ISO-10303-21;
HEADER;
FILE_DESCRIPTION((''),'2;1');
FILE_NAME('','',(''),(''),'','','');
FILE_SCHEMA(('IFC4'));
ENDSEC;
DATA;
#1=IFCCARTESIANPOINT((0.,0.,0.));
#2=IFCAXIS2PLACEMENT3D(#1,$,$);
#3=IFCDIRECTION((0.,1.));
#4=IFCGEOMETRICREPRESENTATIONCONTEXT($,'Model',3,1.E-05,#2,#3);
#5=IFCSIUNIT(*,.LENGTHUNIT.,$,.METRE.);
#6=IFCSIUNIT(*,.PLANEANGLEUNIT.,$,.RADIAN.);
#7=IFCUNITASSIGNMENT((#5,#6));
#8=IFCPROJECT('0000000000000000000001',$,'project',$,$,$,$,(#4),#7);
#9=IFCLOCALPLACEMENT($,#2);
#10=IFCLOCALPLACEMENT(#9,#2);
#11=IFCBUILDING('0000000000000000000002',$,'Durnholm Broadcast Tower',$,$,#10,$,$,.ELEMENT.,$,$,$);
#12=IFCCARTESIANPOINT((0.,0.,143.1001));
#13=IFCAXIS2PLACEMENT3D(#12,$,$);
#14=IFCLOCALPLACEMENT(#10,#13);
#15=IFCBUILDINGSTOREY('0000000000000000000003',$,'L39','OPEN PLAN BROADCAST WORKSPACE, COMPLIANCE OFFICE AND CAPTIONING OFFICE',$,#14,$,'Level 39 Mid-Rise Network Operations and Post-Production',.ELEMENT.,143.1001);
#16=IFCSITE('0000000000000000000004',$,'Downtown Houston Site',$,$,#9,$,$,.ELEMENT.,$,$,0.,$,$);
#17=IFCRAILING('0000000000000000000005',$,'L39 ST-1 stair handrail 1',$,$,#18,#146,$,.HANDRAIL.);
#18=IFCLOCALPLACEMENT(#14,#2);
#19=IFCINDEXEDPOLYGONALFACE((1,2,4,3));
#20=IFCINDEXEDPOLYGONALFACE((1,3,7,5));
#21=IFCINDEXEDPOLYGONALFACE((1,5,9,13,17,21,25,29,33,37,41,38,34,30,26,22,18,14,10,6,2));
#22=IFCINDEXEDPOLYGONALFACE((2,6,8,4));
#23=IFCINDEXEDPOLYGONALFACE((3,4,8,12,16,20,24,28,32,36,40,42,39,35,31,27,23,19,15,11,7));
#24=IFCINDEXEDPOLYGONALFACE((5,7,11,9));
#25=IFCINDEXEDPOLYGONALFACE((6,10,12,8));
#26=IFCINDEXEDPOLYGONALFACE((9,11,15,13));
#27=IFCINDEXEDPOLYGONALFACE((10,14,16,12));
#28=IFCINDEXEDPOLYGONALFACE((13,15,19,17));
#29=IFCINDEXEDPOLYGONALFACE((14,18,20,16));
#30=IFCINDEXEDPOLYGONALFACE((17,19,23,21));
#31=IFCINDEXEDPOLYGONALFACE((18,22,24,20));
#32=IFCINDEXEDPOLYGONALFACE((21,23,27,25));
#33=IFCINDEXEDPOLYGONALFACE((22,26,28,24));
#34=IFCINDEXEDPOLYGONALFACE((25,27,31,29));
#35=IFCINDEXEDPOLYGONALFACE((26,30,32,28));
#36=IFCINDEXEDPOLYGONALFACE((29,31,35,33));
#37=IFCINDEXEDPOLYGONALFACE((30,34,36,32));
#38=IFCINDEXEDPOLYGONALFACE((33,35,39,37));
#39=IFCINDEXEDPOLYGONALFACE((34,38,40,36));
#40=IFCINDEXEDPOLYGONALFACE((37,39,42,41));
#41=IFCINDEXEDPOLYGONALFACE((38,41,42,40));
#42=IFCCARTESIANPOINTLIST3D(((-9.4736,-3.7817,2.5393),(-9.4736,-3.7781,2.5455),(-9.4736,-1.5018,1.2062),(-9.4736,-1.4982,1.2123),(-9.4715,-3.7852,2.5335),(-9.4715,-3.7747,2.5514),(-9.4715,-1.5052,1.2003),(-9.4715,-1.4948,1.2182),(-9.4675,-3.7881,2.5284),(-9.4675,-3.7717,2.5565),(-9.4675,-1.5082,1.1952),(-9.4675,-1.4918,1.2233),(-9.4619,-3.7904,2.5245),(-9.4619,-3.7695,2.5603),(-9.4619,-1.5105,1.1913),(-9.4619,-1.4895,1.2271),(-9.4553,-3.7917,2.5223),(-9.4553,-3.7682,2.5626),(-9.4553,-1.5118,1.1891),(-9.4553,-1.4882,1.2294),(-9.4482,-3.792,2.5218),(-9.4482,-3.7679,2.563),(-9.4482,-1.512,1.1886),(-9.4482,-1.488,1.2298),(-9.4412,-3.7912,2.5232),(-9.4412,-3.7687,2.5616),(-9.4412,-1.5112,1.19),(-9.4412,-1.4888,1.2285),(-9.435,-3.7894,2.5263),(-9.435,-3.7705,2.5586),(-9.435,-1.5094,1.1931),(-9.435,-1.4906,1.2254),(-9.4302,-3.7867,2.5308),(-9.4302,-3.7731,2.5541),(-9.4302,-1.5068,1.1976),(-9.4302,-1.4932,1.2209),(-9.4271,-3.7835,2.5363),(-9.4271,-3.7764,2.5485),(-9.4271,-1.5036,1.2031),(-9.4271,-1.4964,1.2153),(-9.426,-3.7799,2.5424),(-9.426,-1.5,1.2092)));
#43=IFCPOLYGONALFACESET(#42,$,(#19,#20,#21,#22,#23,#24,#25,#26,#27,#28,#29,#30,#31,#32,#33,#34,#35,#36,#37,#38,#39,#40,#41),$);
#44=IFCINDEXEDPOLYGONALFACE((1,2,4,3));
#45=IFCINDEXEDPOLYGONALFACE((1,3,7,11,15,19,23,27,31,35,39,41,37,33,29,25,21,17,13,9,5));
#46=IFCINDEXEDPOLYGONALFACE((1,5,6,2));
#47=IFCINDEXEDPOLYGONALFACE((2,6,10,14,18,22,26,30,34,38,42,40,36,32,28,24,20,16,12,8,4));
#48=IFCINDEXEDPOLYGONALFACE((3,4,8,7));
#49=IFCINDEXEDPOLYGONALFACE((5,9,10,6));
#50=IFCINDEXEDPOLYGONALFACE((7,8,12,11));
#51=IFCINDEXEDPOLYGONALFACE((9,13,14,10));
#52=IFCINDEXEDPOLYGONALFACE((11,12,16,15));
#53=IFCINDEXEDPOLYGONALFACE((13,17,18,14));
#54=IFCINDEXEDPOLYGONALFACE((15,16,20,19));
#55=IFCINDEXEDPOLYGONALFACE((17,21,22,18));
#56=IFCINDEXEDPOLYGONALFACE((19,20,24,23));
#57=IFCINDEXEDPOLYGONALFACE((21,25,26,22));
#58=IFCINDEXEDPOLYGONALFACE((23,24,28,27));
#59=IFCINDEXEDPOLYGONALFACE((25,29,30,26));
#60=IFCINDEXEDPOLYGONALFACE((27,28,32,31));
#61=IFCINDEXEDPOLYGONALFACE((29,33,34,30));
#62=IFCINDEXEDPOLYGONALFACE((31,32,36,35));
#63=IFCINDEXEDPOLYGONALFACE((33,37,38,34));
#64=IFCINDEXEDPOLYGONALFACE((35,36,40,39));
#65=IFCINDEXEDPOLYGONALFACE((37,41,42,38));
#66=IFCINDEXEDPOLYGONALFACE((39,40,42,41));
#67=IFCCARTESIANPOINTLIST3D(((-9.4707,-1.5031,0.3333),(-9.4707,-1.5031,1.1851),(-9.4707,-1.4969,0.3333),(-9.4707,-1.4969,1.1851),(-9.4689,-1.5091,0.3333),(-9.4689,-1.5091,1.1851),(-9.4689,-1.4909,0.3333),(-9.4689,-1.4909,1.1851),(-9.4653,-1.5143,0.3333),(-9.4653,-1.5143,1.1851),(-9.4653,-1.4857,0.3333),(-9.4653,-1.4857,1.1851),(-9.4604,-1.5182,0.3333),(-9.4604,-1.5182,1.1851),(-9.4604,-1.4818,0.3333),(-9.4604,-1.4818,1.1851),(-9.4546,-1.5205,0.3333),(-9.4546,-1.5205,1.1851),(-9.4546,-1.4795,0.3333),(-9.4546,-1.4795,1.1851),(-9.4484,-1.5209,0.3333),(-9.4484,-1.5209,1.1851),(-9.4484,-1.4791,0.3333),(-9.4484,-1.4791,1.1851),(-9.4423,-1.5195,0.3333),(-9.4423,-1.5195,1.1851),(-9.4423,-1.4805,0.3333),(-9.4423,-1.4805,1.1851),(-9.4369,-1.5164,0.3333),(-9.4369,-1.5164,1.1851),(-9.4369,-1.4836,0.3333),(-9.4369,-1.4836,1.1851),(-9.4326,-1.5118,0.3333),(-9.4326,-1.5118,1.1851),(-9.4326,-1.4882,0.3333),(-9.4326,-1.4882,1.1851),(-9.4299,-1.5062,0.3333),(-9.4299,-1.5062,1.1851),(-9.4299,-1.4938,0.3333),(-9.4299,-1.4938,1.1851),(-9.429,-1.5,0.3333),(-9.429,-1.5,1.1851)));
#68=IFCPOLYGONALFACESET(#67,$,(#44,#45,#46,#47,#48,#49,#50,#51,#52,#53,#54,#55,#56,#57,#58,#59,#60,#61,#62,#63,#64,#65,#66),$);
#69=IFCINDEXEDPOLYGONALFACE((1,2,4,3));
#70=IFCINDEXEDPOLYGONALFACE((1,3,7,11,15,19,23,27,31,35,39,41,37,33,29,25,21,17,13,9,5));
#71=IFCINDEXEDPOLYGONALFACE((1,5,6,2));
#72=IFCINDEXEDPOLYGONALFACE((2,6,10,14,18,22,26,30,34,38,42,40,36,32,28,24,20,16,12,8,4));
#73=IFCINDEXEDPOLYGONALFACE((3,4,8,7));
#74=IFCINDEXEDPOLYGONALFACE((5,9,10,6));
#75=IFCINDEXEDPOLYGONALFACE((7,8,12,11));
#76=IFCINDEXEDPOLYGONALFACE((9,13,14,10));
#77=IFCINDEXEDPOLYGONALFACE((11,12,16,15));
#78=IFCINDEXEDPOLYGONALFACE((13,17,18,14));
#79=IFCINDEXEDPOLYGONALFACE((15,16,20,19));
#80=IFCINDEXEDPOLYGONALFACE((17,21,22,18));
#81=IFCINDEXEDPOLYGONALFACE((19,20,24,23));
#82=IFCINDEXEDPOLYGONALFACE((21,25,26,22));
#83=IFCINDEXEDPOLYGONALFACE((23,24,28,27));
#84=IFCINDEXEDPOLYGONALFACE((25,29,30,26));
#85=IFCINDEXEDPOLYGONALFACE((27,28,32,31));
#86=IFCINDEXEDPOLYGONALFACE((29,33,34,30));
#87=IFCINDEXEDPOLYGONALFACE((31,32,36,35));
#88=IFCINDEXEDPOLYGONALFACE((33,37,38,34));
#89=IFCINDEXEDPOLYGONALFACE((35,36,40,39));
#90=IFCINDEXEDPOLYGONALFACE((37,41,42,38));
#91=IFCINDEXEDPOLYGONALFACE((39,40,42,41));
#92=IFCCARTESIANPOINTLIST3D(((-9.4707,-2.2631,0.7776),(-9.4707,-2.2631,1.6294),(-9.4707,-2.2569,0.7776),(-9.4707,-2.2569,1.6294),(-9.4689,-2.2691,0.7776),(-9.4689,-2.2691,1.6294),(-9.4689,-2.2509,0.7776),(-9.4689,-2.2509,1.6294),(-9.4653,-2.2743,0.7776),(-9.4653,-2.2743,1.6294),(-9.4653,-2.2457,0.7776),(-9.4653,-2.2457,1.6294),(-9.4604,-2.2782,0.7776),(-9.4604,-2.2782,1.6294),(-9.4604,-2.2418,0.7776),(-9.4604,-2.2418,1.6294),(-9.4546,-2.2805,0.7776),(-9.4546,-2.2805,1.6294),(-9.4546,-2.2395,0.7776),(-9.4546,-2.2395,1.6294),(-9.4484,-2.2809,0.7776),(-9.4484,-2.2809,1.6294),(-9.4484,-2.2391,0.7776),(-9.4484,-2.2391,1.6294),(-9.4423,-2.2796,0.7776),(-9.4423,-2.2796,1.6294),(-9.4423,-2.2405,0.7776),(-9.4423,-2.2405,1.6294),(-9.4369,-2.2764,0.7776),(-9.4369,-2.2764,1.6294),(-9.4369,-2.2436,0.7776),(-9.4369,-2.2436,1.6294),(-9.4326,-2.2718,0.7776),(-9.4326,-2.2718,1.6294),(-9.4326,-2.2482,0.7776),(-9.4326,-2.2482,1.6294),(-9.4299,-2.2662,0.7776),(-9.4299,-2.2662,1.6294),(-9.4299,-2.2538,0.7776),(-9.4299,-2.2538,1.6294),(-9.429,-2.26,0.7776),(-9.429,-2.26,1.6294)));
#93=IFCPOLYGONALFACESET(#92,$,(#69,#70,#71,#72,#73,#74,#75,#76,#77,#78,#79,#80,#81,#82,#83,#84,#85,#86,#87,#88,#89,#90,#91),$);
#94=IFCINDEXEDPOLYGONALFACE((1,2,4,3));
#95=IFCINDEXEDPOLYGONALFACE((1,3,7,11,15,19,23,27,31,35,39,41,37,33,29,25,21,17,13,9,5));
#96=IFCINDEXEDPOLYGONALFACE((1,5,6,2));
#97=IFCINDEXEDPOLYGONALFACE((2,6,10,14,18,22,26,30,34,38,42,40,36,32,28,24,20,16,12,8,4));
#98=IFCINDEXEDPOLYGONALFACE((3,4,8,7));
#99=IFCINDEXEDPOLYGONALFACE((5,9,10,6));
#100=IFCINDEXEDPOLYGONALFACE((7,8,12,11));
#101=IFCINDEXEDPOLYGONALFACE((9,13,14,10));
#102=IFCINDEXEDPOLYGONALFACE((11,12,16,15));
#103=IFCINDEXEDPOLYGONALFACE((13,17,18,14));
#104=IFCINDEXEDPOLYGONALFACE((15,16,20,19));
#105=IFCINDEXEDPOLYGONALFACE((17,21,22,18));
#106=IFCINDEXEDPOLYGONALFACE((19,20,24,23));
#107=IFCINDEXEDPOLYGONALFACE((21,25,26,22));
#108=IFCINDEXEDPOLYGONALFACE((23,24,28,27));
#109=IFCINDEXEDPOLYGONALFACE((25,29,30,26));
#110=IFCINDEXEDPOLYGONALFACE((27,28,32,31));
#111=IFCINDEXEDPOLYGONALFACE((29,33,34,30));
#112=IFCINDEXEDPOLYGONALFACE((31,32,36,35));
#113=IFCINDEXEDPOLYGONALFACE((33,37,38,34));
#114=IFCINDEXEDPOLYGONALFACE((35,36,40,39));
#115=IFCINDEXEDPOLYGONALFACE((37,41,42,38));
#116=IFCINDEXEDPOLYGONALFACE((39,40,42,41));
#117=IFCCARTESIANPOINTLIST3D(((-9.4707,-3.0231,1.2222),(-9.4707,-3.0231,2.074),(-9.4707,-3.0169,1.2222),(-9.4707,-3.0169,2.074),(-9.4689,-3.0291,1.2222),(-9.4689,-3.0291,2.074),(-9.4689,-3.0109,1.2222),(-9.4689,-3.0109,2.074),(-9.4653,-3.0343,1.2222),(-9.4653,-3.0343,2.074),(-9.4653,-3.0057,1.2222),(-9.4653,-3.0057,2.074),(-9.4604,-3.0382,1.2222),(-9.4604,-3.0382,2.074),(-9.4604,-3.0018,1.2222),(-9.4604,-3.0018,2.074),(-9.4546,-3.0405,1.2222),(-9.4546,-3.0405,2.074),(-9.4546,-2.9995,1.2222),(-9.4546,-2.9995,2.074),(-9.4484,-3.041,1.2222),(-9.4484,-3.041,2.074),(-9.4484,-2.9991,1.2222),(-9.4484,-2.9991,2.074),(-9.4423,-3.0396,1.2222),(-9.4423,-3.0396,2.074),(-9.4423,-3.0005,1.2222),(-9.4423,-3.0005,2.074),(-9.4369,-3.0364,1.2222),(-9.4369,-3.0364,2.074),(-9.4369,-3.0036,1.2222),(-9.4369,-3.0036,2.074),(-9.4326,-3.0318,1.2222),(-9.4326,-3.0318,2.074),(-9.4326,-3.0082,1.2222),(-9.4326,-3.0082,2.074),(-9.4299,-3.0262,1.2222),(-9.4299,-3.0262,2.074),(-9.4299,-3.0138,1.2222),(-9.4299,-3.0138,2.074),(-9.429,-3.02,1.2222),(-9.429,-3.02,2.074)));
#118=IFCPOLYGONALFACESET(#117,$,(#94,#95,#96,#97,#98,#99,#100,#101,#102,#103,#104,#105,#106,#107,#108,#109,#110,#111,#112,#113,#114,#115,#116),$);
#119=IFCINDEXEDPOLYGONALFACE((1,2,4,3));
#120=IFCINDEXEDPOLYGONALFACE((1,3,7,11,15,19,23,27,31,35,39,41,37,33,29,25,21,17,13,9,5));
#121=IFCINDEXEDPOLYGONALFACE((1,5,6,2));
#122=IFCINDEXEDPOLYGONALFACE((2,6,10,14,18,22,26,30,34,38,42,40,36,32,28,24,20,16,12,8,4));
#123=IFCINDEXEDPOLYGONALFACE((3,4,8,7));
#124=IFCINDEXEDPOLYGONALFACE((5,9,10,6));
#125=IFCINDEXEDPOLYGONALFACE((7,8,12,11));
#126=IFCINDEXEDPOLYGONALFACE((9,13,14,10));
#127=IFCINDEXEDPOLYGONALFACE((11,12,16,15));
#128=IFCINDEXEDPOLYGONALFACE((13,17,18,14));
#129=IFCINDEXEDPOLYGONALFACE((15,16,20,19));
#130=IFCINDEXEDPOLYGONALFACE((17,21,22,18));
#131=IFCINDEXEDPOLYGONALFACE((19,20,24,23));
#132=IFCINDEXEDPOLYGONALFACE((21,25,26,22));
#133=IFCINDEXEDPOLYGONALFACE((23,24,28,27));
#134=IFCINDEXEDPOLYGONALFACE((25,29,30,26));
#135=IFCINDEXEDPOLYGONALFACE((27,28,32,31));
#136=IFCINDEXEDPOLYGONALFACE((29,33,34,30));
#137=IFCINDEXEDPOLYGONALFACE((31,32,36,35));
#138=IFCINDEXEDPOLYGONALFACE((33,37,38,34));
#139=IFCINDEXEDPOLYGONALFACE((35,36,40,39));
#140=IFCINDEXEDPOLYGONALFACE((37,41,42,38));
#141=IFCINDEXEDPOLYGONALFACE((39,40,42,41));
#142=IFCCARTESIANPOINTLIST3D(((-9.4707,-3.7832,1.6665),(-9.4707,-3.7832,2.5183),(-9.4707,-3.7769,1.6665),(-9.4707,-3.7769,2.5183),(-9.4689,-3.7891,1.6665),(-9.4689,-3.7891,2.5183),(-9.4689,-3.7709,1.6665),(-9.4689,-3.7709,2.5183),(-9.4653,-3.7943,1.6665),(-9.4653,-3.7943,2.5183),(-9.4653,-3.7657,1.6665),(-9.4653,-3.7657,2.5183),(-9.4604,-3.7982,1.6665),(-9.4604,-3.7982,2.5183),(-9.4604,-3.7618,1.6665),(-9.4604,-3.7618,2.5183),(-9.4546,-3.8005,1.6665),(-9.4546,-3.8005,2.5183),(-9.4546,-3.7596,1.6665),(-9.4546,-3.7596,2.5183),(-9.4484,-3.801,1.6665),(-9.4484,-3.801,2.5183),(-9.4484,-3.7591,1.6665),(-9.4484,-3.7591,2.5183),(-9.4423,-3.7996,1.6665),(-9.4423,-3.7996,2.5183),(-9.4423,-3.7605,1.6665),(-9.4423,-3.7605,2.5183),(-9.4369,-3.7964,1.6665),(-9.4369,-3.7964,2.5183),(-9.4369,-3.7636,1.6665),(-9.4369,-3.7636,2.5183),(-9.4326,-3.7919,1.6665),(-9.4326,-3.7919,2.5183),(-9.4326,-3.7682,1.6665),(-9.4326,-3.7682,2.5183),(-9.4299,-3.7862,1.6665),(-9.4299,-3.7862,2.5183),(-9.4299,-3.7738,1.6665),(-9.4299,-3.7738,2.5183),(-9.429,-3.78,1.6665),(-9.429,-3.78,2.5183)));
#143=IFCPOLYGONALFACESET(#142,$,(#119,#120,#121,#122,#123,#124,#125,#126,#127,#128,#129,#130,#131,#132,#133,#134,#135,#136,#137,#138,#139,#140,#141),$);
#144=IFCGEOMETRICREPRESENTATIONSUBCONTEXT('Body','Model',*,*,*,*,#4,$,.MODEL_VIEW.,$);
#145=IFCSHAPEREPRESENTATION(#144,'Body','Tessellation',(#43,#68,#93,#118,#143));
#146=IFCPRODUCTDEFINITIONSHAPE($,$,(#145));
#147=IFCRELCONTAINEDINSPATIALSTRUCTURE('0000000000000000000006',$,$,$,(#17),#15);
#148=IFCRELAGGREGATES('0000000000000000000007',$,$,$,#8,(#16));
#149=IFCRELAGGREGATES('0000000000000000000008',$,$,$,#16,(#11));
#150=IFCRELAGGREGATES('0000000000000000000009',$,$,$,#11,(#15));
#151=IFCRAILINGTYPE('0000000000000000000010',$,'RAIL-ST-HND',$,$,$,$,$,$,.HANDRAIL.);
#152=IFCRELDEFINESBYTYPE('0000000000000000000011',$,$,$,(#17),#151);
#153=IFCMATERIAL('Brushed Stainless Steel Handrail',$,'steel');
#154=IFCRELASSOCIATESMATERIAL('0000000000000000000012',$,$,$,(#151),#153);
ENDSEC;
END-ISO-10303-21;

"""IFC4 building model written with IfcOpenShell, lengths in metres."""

from ifc_helpers import new_model, si_unit, direction, frame, origin, origin_2d, place, context, subcontext, project, spatial, circle, extrude, material, type_object, element, save


model = new_model("IFC4")

# Units and contexts
model_context = context("Model", 3, precision=1e-05, world=origin(), true_north=direction((0.0, 1.0)))
body_context = subcontext(model_context, "Body", "Model", "MODEL_VIEW")
ifc_project = project(units=[si_unit("LENGTHUNIT", "METRE"), si_unit("PLANEANGLEUNIT", "RADIAN")], contexts=[model_context])

# Site, building, storey
site_placement = place(None, origin())
site = spatial("IfcSite", under=ifc_project, at=site_placement, Name="Downtown Houston Site", CompositionType="ELEMENT", RefElevation=0.0)
building_placement = place(site_placement, origin())
building = spatial("IfcBuilding", under=site, at=building_placement, Name="Durnholm Broadcast Tower", CompositionType="ELEMENT")
storey_placement = place(building_placement, frame((0.0, 0.0, 143.1001)))
storey = spatial("IfcBuildingStorey", under=building, at=storey_placement, Name="L39", Description="OPEN PLAN BROADCAST WORKSPACE, COMPLIANCE OFFICE AND CAPTIONING OFFICE", LongName="Level 39 Mid-Rise Network Operations and Post-Production", CompositionType="ELEMENT", Elevation=143.1001)

# Railing
ifc_material_1 = material(Name="Brushed Stainless Steel Handrail", Category="steel")
railing_type_1 = type_object("IfcRailingType", Name="RAIL-ST-HND", PredefinedType="HANDRAIL", material=ifc_material_1)
railing_1_placement = place(storey_placement, frame((-9.45, -1.5, 0.3333)))
element("IfcRailing", 1, at=railing_1_placement, inside=storey, type_object=railing_type_1, Name="L39 ST-1 stair handrail 1", PredefinedType="HANDRAIL", context=body_context, shape_type="SweptSolid", body=[
    extrude(circle(Radius=0.0239, at=origin_2d()), frame((0.0, 0.0, 0.876), z_axis=(0.0, -0.863245, 0.504785), x_axis=(1.0, 0.0, 0.0)), (0.0, 0.0, 1.0), 2.6411),
    extrude(circle(Radius=0.021, at=origin_2d()), origin(), (0.0, 0.0, 1.0), 0.8518),
    extrude(circle(Radius=0.021, at=origin_2d()), frame((0.0, -0.76, 0.4443)), (0.0, 0.0, 1.0), 0.8518),
    extrude(circle(Radius=0.021, at=origin_2d()), frame((0.0, -1.52, 0.8889)), (0.0, 0.0, 1.0), 0.8518),
    extrude(circle(Radius=0.021, at=origin_2d()), frame((0.0, -2.28, 1.3333)), (0.0, 0.0, 1.0), 0.8518),
])

save(model, "model.ifc")
